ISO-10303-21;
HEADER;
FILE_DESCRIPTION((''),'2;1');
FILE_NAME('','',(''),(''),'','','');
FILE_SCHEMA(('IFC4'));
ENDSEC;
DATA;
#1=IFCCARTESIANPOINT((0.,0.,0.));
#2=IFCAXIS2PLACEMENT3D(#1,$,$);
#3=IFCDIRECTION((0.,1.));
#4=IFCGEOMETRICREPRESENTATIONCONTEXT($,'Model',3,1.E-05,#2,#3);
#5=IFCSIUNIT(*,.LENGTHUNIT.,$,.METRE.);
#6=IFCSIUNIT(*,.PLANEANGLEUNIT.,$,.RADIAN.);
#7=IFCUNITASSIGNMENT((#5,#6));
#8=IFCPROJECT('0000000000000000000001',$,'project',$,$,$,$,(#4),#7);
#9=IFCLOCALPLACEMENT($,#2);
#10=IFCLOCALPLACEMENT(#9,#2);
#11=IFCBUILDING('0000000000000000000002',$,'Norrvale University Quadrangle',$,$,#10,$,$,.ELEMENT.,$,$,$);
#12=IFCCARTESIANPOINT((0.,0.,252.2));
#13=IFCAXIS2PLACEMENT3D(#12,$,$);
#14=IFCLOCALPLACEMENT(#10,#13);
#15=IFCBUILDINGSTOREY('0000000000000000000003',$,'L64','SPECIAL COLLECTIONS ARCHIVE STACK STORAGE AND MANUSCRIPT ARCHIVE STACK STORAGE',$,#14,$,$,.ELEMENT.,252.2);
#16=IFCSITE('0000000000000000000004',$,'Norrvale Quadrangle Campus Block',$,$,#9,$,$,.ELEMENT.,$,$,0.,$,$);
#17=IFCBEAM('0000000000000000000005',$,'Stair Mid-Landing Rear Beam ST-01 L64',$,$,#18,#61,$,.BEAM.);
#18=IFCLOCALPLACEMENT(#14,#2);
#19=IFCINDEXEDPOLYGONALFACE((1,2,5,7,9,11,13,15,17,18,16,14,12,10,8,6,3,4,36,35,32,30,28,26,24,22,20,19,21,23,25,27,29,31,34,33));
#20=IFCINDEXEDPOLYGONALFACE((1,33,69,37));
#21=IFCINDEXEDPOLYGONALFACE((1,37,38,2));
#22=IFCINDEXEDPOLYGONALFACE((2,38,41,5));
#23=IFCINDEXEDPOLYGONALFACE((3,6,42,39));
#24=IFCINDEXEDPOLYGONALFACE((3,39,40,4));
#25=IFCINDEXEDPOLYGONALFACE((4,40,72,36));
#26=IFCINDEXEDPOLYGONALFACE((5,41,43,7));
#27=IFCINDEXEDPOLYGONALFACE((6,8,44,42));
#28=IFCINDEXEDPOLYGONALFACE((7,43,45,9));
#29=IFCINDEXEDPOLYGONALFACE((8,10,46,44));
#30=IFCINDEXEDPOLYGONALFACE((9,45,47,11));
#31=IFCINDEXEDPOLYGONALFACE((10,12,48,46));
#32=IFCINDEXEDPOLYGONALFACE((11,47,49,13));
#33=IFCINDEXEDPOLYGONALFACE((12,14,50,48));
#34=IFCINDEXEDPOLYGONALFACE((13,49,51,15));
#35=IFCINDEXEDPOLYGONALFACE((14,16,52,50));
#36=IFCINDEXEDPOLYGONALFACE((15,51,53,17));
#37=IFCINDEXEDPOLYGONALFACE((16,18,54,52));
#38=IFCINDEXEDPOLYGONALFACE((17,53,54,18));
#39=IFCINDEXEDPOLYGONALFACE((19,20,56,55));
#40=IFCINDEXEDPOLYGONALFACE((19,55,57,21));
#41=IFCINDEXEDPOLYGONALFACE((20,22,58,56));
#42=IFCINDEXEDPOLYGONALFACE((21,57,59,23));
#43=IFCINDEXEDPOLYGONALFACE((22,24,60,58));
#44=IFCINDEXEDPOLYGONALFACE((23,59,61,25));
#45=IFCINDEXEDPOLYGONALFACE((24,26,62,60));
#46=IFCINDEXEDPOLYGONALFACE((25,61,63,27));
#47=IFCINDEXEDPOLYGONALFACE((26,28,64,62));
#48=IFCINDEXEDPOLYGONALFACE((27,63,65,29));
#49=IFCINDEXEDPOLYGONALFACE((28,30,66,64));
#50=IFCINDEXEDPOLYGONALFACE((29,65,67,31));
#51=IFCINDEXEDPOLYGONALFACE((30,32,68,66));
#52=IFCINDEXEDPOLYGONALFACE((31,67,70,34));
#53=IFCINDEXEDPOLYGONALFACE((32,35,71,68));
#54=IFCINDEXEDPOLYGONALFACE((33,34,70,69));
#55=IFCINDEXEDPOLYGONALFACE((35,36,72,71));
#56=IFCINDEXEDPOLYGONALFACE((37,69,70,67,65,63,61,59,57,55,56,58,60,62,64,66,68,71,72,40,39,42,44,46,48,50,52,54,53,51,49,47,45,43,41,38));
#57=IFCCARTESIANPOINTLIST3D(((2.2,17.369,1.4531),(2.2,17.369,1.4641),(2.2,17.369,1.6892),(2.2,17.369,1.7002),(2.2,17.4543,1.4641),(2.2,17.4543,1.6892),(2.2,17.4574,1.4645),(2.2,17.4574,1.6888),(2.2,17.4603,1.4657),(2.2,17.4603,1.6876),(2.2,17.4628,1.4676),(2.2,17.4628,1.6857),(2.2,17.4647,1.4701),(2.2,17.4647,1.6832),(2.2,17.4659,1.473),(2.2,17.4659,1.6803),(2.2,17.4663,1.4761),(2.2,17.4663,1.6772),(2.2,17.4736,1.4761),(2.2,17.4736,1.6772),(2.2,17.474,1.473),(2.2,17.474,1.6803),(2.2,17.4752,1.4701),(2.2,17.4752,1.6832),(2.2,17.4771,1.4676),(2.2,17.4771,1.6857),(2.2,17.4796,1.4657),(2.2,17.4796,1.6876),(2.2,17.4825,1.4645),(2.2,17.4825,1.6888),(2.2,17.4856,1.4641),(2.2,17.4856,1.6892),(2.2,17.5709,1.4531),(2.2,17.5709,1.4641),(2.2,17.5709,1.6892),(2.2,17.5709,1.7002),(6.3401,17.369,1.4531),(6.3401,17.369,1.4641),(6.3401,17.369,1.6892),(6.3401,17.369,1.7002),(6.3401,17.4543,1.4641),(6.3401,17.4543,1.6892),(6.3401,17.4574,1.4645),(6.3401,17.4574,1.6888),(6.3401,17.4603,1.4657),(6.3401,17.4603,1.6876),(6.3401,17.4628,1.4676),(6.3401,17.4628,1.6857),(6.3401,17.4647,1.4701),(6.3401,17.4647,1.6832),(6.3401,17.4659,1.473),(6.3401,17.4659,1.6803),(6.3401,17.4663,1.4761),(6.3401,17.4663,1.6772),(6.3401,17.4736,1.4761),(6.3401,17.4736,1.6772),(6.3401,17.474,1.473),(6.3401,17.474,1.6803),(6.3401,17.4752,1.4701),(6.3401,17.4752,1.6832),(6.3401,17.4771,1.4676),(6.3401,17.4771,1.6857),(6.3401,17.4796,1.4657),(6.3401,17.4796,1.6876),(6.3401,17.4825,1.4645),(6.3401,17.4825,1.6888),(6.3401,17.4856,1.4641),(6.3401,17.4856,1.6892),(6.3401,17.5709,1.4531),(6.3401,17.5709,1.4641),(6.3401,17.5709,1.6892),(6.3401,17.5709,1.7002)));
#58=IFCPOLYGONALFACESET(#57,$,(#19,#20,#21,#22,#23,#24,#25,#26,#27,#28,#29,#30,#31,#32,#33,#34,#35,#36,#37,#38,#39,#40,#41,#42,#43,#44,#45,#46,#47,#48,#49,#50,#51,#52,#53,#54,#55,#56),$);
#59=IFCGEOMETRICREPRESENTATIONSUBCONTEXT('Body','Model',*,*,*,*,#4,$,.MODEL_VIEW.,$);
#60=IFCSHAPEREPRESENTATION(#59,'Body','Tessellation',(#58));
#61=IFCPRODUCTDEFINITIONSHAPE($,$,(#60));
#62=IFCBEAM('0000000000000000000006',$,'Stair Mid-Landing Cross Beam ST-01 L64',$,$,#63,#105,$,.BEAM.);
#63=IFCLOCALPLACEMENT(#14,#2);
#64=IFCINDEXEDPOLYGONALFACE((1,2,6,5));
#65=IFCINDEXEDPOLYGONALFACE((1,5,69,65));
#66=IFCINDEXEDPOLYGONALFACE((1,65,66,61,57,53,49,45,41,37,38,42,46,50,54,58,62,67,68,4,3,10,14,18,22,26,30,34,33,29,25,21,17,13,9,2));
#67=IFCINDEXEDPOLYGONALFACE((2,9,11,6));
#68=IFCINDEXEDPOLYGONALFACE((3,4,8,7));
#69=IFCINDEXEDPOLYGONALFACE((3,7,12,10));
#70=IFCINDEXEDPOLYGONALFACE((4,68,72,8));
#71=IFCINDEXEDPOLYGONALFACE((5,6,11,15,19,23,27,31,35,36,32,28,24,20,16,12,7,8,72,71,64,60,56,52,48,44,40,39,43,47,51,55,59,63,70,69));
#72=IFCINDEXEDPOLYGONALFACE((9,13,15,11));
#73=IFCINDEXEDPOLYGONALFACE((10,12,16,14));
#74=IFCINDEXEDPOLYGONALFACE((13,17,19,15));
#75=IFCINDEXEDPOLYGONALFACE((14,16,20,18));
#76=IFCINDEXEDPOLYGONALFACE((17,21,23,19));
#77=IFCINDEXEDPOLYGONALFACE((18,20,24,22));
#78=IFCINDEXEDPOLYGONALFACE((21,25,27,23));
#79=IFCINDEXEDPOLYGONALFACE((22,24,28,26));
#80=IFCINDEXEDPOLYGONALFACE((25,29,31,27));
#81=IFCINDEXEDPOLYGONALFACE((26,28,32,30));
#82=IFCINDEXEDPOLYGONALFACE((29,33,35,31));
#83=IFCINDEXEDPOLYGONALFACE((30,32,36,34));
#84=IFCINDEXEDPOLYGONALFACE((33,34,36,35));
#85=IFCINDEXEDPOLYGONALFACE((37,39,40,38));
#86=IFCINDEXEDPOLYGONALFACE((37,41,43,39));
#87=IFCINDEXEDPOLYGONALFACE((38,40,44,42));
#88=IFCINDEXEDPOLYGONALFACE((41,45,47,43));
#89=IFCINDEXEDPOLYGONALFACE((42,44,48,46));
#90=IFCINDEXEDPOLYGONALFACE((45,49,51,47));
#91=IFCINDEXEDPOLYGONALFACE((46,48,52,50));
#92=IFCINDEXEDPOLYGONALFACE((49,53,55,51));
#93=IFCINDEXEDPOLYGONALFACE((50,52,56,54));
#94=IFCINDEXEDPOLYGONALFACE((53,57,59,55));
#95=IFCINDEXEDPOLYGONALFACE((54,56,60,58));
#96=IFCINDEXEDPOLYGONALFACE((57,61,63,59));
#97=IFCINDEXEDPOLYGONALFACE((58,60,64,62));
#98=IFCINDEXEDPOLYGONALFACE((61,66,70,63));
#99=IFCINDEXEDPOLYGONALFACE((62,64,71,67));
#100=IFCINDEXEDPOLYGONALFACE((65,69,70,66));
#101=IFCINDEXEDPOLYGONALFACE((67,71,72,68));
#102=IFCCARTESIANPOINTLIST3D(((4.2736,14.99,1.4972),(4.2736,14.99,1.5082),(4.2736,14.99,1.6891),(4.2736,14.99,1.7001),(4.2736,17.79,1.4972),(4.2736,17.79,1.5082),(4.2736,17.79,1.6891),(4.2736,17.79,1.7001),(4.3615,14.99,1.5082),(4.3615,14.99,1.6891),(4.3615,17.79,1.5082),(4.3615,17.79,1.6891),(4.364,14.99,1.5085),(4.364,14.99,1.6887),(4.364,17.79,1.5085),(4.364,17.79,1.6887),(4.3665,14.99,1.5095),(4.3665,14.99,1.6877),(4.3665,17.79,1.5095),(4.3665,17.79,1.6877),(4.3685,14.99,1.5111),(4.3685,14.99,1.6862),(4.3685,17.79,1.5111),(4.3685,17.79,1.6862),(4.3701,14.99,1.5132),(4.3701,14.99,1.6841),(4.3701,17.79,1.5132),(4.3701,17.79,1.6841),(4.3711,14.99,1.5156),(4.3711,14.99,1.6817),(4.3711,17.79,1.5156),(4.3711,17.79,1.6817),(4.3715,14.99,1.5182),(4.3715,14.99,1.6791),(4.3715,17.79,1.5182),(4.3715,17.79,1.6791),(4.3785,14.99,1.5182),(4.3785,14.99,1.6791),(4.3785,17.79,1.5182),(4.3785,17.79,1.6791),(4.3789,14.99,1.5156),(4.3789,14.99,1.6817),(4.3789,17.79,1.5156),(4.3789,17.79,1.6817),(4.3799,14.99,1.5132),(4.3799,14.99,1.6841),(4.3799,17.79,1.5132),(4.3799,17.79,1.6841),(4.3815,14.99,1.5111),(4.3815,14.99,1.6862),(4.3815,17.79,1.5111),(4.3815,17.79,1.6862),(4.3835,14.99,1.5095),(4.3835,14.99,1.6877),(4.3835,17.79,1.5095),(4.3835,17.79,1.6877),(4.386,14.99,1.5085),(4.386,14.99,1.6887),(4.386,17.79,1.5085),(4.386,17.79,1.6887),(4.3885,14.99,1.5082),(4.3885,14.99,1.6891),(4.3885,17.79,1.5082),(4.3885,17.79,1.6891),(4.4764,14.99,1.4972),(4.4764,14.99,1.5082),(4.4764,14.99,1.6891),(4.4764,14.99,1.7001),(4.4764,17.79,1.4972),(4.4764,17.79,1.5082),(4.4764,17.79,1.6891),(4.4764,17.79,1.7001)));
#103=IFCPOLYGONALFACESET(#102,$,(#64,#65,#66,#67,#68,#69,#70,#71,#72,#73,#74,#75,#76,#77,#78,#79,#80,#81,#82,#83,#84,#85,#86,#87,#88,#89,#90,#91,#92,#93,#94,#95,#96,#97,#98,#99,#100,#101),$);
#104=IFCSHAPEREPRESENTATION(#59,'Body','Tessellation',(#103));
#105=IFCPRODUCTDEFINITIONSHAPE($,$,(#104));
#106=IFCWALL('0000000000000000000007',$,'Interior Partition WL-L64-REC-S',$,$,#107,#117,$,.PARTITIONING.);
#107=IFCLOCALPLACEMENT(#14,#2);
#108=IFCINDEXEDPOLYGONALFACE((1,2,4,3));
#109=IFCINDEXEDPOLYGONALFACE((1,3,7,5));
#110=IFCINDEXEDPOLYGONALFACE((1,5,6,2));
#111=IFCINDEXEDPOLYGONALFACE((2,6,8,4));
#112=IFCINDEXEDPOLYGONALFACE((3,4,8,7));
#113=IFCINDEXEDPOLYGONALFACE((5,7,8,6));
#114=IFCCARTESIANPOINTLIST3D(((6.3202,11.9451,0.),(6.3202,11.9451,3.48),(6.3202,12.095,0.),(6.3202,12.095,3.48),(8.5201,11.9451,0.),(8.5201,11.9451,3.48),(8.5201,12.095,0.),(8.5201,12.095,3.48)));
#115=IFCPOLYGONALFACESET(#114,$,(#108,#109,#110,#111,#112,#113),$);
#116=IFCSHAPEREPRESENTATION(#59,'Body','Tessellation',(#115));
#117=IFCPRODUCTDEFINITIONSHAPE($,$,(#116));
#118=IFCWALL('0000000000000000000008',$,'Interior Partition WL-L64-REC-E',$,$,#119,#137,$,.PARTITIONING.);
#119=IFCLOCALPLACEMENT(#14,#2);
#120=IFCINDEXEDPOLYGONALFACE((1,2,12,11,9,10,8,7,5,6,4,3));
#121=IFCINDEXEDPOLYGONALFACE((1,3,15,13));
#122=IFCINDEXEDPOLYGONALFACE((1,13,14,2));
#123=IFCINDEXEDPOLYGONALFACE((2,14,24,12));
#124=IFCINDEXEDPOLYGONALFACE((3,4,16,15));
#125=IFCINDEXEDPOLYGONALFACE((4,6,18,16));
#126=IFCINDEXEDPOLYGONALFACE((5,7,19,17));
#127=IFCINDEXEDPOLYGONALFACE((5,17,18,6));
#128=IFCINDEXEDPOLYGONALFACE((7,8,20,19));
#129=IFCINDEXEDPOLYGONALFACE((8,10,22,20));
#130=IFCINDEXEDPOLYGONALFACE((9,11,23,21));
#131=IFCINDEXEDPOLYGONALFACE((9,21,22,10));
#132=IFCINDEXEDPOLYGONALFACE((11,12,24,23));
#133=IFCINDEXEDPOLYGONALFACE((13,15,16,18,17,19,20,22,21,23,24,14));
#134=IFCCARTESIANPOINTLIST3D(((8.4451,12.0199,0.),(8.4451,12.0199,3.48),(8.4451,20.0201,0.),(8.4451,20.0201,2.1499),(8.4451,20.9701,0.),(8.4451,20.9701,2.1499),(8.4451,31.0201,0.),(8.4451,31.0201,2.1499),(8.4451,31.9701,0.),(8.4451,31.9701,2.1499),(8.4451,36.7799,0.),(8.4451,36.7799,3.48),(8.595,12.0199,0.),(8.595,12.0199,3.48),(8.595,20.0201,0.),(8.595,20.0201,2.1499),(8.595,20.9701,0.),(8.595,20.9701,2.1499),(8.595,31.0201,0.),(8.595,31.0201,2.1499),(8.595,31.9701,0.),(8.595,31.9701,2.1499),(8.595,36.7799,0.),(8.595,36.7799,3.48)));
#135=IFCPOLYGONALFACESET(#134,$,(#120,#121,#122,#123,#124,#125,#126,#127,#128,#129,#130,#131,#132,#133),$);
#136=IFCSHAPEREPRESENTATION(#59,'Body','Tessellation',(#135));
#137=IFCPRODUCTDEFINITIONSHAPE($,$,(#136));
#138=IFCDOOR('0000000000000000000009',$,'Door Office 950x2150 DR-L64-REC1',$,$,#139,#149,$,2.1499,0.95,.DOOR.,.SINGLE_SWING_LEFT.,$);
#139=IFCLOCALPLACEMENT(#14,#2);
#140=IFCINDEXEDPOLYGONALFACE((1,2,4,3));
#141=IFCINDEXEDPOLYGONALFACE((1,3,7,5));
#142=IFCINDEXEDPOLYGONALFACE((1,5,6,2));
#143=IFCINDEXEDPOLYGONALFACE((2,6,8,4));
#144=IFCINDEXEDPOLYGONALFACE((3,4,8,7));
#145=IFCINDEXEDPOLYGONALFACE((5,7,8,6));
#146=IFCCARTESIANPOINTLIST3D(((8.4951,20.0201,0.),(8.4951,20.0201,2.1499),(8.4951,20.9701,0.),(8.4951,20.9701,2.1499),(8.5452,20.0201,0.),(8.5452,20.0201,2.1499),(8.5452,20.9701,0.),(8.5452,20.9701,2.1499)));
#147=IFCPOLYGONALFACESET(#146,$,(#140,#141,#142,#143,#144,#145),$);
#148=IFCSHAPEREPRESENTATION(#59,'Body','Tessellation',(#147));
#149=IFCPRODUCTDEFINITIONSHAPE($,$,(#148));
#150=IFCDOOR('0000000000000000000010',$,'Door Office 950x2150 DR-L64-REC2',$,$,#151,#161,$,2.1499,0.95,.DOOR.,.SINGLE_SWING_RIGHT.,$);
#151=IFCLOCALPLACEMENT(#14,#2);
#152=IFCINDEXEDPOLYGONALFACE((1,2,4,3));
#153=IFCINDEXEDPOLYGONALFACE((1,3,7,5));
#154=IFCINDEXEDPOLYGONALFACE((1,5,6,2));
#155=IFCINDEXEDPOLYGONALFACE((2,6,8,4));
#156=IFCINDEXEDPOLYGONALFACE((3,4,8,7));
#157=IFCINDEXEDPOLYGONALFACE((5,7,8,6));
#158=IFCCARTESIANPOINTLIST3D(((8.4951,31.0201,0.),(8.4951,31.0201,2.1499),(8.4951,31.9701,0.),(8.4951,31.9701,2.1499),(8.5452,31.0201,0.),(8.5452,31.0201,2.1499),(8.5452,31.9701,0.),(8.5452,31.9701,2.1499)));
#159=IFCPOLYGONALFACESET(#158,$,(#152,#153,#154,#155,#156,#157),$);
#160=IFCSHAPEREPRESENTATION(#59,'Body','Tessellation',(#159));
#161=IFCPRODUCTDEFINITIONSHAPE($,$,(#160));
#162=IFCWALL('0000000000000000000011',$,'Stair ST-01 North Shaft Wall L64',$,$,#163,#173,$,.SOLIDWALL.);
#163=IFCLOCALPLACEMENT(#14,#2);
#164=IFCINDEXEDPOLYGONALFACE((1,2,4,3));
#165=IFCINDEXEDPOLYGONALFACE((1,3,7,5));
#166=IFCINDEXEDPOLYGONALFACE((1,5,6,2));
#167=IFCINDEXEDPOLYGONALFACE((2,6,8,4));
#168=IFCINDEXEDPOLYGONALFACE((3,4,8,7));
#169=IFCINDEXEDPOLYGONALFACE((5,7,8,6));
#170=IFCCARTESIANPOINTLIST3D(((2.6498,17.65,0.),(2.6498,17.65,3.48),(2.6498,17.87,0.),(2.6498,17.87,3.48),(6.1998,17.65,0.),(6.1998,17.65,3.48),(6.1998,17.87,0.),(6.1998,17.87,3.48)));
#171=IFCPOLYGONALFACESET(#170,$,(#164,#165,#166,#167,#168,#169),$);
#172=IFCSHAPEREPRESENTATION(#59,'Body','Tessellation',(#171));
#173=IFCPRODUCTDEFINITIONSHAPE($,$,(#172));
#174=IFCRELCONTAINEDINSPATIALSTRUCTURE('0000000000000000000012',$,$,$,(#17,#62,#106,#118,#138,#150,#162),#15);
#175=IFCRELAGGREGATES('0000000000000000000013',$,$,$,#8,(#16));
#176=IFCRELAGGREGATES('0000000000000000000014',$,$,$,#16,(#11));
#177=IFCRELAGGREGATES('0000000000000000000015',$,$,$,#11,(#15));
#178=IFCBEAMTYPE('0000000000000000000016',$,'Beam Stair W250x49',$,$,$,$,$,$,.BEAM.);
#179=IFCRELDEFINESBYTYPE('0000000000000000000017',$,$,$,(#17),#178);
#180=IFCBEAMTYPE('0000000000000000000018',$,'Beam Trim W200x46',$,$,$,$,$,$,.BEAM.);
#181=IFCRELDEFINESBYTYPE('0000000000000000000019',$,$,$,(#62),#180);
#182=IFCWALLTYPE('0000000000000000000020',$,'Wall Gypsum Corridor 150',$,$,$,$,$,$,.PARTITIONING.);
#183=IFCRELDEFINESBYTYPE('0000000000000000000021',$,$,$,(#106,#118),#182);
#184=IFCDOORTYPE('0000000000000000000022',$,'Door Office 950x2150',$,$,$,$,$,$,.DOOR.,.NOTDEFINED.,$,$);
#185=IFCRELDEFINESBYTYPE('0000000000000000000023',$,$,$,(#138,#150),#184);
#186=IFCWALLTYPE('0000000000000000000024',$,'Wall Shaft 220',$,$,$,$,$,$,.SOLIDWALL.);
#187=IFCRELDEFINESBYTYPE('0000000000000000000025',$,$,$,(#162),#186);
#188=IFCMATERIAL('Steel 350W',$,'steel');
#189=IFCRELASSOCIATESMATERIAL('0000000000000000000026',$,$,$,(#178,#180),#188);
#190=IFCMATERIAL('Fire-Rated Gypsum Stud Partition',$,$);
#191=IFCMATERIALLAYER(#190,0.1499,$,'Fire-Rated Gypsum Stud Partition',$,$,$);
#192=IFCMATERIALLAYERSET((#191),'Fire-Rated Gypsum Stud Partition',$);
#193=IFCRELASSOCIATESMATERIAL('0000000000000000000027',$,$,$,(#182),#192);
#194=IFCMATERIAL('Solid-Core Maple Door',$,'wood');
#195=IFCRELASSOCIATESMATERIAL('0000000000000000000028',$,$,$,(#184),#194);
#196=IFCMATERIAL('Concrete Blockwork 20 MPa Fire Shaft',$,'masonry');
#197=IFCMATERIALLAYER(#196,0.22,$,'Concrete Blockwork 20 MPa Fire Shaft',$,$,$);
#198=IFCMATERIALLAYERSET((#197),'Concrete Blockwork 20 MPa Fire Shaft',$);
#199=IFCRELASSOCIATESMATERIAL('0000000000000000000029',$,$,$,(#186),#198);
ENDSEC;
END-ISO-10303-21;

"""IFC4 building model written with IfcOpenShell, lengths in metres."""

from ifc_helpers import new_model, si_unit, direction, frame, frame_2d, origin, origin_2d, place, context, subcontext, project, spatial, rectangle, i_section, extrude, material, layer, layer_set, material_profile, profile_set, type_object, element, fill, save


model = new_model("IFC4")

# Units and contexts
model_context = context("Model", 3, precision=1e-05, world=origin(), true_north=direction((0.0, 1.0)))
body_context = subcontext(model_context, "Body", "Model", "MODEL_VIEW")
ifc_project = project(units=[si_unit("LENGTHUNIT", "METRE"), si_unit("PLANEANGLEUNIT", "RADIAN")], contexts=[model_context])

# Site, building, storey
site_placement = place(None, origin())
site = spatial("IfcSite", under=ifc_project, at=site_placement, Name="Norrvale Quadrangle Campus Block", CompositionType="ELEMENT", RefElevation=0.0)
building_placement = place(site_placement, origin())
building = spatial("IfcBuilding", under=site, at=building_placement, Name="Norrvale University Quadrangle", CompositionType="ELEMENT")
storey_placement = place(building_placement, frame((0.0, 0.0, 252.2)))
storey = spatial("IfcBuildingStorey", under=building, at=storey_placement, Name="L64", Description="SPECIAL COLLECTIONS ARCHIVE STACK STORAGE AND MANUSCRIPT ARCHIVE STACK STORAGE", CompositionType="ELEMENT", Elevation=252.2)

# Beams
ifc_material_1 = material(Name="Steel 350W", Category="steel")
ifc_material_profile_1 = material_profile(ifc_material_1, i_section(OverallWidth=0.2019, OverallDepth=0.2471, WebThickness=0.0073, FlangeThickness=0.011, FilletRadius=0.012, at=origin_2d()), Name="Steel 350W")
ifc_profile_set_1 = profile_set([ifc_material_profile_1], Name="Steel 350W")
beam_type_1 = type_object("IfcBeamType", Name="Beam Stair W250x49", PredefinedType="BEAM", material=ifc_profile_set_1)
for number, where, z_axis, x_axis, name in (
    (1, (2.2, 17.47, 1.5767), (1.0, 0.0, 0.0), (0.0, 1.0, 0.0), "Stair Mid-Landing Rear Beam ST-01 L64"),
):
    element("IfcBeam", number, at=place(storey_placement, frame(where, z_axis=z_axis, x_axis=x_axis)), inside=storey, type_object=beam_type_1, Name=name, PredefinedType="BEAM", context=body_context, shape_type="SweptSolid", body=[
        extrude(i_section(OverallWidth=0.2019, OverallDepth=0.2471, WebThickness=0.0073, FlangeThickness=0.011, FilletRadius=0.012, at=origin_2d()), origin(), (0.0, 0.0, 1.0), 4.1401),
    ])
ifc_material_profile_2 = material_profile(ifc_material_1, i_section(OverallWidth=0.2029, OverallDepth=0.2029, WebThickness=0.0071, FlangeThickness=0.011, FilletRadius=0.01, at=origin_2d()), Name="Steel 350W")
ifc_profile_set_2 = profile_set([ifc_material_profile_2], Name="Steel 350W")
beam_type_2 = type_object("IfcBeamType", Name="Beam Trim W200x46", PredefinedType="BEAM", material=ifc_profile_set_2)
beam_1_placement = place(storey_placement, frame((4.375, 14.99, 1.5986), z_axis=(0.0, 1.0, 0.0), x_axis=(-1.0, 0.0, 0.0)))
element("IfcBeam", 2, at=beam_1_placement, inside=storey, type_object=beam_type_2, Name="Stair Mid-Landing Cross Beam ST-01 L64", PredefinedType="BEAM", context=body_context, shape_type="SweptSolid", body=[
    extrude(i_section(OverallWidth=0.2029, OverallDepth=0.2029, WebThickness=0.0071, FlangeThickness=0.011, FilletRadius=0.01, at=origin_2d()), origin(), (0.0, 0.0, 1.0), 2.8),
])

# Wall
ifc_material_2 = material(Name="Fire-Rated Gypsum Stud Partition")
ifc_layer_1 = layer(ifc_material_2, 0.1499, Name="Fire-Rated Gypsum Stud Partition")
ifc_layer_set_1 = layer_set([ifc_layer_1], Name="Fire-Rated Gypsum Stud Partition")
wall_type_1 = type_object("IfcWallType", Name="Wall Gypsum Corridor 150", PredefinedType="PARTITIONING", material=ifc_layer_set_1)
wall_1_placement = place(storey_placement, frame((6.3201, 12.02, 0.0), z_axis=(0.0, 0.0, 1.0), x_axis=(1.0, 0.0, 0.0)))
element("IfcWall", 3, at=wall_1_placement, inside=storey, type_object=wall_type_1, Name="Interior Partition WL-L64-REC-S", PredefinedType="PARTITIONING", context=body_context, shape_type="SweptSolid", body=[
    extrude(rectangle(XDim=2.2, YDim=0.1499, at=frame_2d((1.1001, 0.0))), origin(), (0.0, 0.0, 1.0), 3.48),
])

# Wall, openings, doors
wall_2_placement = place(storey_placement, frame((8.52, 12.02, 0.0), z_axis=(0.0, 0.0, 1.0), x_axis=(0.0, 1.0, 0.0)))
wall_2 = element("IfcWall", 4, at=wall_2_placement, inside=storey, type_object=wall_type_1, Name="Interior Partition WL-L64-REC-E", PredefinedType="PARTITIONING", context=body_context, shape_type="SweptSolid", body=[
    extrude(rectangle(XDim=24.76, YDim=0.1499, at=frame_2d((12.3799, 0.0))), origin(), (0.0, 0.0, 1.0), 3.48),
])
opening_1_placement = place(wall_2_placement, frame((8.0, 0.0, 0.0)))
opening_1 = element("IfcOpeningElement", 5, at=opening_1_placement, cuts=wall_2, PredefinedType="OPENING", context=body_context, shape_type="SweptSolid", body=[
    extrude(rectangle(XDim=0.95, YDim=2.1499, at=frame_2d((0.4751, 1.075))), frame((0.0, 0.0869, 0.0), z_axis=(0.0, -1.0, 0.0), x_axis=(1.0, 0.0, 0.0)), (0.0, 0.0, 1.0), 0.1738),
])
opening_2_placement = place(wall_2_placement, frame((19.0, 0.0, 0.0)))
opening_2 = element("IfcOpeningElement", 6, at=opening_2_placement, cuts=wall_2, PredefinedType="OPENING", context=body_context, shape_type="SweptSolid", body=[
    extrude(rectangle(XDim=0.95, YDim=2.1499, at=frame_2d((0.4751, 1.075))), frame((0.0, 0.0869, 0.0), z_axis=(0.0, -1.0, 0.0), x_axis=(1.0, 0.0, 0.0)), (0.0, 0.0, 1.0), 0.1738),
])
ifc_material_3 = material(Name="Solid-Core Maple Door", Category="wood")
door_type = type_object("IfcDoorType", Name="Door Office 950x2150", OperationType="NOTDEFINED", PredefinedType="DOOR", material=ifc_material_3)
door_1_placement = place(opening_1_placement, origin())
door_1 = element("IfcDoor", 7, at=door_1_placement, inside=storey, type_object=door_type, Name="Door Office 950x2150 DR-L64-REC1", OperationType="SINGLE_SWING_LEFT", OverallHeight=2.1499, OverallWidth=0.95, PredefinedType="DOOR", context=body_context, shape_type="SweptSolid", body=[
    extrude(rectangle(XDim=0.95, YDim=2.1499, at=frame_2d((0.4751, 1.075))), frame((0.0, 0.0249, 0.0), z_axis=(0.0, -1.0, 0.0), x_axis=(1.0, 0.0, 0.0)), (0.0, 0.0, 1.0), 0.05),
])
fill(opening_1, door_1)
door_2_placement = place(opening_2_placement, origin())
door_2 = element("IfcDoor", 8, at=door_2_placement, inside=storey, type_object=door_type, Name="Door Office 950x2150 DR-L64-REC2", OperationType="SINGLE_SWING_RIGHT", OverallHeight=2.1499, OverallWidth=0.95, PredefinedType="DOOR", context=body_context, shape_type="SweptSolid", body=[
    extrude(rectangle(XDim=0.95, YDim=2.1499, at=frame_2d((0.4751, 1.075))), frame((0.0, 0.0249, 0.0), z_axis=(0.0, -1.0, 0.0), x_axis=(1.0, 0.0, 0.0)), (0.0, 0.0, 1.0), 0.05),
])
fill(opening_2, door_2)

# Wall
ifc_material_4 = material(Name="Concrete Blockwork 20 MPa Fire Shaft", Category="masonry")
ifc_layer_2 = layer(ifc_material_4, 0.22, Name="Concrete Blockwork 20 MPa Fire Shaft")
ifc_layer_set_2 = layer_set([ifc_layer_2], Name="Concrete Blockwork 20 MPa Fire Shaft")
wall_type_2 = type_object("IfcWallType", Name="Wall Shaft 220", PredefinedType="SOLIDWALL", material=ifc_layer_set_2)
wall_3_placement = place(storey_placement, frame((2.6499, 17.76, 0.0), z_axis=(0.0, 0.0, 1.0), x_axis=(1.0, 0.0, 0.0)))
element("IfcWall", 9, at=wall_3_placement, inside=storey, type_object=wall_type_2, Name="Stair ST-01 North Shaft Wall L64", PredefinedType="SOLIDWALL", context=body_context, shape_type="SweptSolid", body=[
    extrude(rectangle(XDim=3.55, YDim=0.22, at=frame_2d((1.7749, 0.0))), origin(), (0.0, 0.0, 1.0), 3.48),
])

save(model, "model.ifc")
